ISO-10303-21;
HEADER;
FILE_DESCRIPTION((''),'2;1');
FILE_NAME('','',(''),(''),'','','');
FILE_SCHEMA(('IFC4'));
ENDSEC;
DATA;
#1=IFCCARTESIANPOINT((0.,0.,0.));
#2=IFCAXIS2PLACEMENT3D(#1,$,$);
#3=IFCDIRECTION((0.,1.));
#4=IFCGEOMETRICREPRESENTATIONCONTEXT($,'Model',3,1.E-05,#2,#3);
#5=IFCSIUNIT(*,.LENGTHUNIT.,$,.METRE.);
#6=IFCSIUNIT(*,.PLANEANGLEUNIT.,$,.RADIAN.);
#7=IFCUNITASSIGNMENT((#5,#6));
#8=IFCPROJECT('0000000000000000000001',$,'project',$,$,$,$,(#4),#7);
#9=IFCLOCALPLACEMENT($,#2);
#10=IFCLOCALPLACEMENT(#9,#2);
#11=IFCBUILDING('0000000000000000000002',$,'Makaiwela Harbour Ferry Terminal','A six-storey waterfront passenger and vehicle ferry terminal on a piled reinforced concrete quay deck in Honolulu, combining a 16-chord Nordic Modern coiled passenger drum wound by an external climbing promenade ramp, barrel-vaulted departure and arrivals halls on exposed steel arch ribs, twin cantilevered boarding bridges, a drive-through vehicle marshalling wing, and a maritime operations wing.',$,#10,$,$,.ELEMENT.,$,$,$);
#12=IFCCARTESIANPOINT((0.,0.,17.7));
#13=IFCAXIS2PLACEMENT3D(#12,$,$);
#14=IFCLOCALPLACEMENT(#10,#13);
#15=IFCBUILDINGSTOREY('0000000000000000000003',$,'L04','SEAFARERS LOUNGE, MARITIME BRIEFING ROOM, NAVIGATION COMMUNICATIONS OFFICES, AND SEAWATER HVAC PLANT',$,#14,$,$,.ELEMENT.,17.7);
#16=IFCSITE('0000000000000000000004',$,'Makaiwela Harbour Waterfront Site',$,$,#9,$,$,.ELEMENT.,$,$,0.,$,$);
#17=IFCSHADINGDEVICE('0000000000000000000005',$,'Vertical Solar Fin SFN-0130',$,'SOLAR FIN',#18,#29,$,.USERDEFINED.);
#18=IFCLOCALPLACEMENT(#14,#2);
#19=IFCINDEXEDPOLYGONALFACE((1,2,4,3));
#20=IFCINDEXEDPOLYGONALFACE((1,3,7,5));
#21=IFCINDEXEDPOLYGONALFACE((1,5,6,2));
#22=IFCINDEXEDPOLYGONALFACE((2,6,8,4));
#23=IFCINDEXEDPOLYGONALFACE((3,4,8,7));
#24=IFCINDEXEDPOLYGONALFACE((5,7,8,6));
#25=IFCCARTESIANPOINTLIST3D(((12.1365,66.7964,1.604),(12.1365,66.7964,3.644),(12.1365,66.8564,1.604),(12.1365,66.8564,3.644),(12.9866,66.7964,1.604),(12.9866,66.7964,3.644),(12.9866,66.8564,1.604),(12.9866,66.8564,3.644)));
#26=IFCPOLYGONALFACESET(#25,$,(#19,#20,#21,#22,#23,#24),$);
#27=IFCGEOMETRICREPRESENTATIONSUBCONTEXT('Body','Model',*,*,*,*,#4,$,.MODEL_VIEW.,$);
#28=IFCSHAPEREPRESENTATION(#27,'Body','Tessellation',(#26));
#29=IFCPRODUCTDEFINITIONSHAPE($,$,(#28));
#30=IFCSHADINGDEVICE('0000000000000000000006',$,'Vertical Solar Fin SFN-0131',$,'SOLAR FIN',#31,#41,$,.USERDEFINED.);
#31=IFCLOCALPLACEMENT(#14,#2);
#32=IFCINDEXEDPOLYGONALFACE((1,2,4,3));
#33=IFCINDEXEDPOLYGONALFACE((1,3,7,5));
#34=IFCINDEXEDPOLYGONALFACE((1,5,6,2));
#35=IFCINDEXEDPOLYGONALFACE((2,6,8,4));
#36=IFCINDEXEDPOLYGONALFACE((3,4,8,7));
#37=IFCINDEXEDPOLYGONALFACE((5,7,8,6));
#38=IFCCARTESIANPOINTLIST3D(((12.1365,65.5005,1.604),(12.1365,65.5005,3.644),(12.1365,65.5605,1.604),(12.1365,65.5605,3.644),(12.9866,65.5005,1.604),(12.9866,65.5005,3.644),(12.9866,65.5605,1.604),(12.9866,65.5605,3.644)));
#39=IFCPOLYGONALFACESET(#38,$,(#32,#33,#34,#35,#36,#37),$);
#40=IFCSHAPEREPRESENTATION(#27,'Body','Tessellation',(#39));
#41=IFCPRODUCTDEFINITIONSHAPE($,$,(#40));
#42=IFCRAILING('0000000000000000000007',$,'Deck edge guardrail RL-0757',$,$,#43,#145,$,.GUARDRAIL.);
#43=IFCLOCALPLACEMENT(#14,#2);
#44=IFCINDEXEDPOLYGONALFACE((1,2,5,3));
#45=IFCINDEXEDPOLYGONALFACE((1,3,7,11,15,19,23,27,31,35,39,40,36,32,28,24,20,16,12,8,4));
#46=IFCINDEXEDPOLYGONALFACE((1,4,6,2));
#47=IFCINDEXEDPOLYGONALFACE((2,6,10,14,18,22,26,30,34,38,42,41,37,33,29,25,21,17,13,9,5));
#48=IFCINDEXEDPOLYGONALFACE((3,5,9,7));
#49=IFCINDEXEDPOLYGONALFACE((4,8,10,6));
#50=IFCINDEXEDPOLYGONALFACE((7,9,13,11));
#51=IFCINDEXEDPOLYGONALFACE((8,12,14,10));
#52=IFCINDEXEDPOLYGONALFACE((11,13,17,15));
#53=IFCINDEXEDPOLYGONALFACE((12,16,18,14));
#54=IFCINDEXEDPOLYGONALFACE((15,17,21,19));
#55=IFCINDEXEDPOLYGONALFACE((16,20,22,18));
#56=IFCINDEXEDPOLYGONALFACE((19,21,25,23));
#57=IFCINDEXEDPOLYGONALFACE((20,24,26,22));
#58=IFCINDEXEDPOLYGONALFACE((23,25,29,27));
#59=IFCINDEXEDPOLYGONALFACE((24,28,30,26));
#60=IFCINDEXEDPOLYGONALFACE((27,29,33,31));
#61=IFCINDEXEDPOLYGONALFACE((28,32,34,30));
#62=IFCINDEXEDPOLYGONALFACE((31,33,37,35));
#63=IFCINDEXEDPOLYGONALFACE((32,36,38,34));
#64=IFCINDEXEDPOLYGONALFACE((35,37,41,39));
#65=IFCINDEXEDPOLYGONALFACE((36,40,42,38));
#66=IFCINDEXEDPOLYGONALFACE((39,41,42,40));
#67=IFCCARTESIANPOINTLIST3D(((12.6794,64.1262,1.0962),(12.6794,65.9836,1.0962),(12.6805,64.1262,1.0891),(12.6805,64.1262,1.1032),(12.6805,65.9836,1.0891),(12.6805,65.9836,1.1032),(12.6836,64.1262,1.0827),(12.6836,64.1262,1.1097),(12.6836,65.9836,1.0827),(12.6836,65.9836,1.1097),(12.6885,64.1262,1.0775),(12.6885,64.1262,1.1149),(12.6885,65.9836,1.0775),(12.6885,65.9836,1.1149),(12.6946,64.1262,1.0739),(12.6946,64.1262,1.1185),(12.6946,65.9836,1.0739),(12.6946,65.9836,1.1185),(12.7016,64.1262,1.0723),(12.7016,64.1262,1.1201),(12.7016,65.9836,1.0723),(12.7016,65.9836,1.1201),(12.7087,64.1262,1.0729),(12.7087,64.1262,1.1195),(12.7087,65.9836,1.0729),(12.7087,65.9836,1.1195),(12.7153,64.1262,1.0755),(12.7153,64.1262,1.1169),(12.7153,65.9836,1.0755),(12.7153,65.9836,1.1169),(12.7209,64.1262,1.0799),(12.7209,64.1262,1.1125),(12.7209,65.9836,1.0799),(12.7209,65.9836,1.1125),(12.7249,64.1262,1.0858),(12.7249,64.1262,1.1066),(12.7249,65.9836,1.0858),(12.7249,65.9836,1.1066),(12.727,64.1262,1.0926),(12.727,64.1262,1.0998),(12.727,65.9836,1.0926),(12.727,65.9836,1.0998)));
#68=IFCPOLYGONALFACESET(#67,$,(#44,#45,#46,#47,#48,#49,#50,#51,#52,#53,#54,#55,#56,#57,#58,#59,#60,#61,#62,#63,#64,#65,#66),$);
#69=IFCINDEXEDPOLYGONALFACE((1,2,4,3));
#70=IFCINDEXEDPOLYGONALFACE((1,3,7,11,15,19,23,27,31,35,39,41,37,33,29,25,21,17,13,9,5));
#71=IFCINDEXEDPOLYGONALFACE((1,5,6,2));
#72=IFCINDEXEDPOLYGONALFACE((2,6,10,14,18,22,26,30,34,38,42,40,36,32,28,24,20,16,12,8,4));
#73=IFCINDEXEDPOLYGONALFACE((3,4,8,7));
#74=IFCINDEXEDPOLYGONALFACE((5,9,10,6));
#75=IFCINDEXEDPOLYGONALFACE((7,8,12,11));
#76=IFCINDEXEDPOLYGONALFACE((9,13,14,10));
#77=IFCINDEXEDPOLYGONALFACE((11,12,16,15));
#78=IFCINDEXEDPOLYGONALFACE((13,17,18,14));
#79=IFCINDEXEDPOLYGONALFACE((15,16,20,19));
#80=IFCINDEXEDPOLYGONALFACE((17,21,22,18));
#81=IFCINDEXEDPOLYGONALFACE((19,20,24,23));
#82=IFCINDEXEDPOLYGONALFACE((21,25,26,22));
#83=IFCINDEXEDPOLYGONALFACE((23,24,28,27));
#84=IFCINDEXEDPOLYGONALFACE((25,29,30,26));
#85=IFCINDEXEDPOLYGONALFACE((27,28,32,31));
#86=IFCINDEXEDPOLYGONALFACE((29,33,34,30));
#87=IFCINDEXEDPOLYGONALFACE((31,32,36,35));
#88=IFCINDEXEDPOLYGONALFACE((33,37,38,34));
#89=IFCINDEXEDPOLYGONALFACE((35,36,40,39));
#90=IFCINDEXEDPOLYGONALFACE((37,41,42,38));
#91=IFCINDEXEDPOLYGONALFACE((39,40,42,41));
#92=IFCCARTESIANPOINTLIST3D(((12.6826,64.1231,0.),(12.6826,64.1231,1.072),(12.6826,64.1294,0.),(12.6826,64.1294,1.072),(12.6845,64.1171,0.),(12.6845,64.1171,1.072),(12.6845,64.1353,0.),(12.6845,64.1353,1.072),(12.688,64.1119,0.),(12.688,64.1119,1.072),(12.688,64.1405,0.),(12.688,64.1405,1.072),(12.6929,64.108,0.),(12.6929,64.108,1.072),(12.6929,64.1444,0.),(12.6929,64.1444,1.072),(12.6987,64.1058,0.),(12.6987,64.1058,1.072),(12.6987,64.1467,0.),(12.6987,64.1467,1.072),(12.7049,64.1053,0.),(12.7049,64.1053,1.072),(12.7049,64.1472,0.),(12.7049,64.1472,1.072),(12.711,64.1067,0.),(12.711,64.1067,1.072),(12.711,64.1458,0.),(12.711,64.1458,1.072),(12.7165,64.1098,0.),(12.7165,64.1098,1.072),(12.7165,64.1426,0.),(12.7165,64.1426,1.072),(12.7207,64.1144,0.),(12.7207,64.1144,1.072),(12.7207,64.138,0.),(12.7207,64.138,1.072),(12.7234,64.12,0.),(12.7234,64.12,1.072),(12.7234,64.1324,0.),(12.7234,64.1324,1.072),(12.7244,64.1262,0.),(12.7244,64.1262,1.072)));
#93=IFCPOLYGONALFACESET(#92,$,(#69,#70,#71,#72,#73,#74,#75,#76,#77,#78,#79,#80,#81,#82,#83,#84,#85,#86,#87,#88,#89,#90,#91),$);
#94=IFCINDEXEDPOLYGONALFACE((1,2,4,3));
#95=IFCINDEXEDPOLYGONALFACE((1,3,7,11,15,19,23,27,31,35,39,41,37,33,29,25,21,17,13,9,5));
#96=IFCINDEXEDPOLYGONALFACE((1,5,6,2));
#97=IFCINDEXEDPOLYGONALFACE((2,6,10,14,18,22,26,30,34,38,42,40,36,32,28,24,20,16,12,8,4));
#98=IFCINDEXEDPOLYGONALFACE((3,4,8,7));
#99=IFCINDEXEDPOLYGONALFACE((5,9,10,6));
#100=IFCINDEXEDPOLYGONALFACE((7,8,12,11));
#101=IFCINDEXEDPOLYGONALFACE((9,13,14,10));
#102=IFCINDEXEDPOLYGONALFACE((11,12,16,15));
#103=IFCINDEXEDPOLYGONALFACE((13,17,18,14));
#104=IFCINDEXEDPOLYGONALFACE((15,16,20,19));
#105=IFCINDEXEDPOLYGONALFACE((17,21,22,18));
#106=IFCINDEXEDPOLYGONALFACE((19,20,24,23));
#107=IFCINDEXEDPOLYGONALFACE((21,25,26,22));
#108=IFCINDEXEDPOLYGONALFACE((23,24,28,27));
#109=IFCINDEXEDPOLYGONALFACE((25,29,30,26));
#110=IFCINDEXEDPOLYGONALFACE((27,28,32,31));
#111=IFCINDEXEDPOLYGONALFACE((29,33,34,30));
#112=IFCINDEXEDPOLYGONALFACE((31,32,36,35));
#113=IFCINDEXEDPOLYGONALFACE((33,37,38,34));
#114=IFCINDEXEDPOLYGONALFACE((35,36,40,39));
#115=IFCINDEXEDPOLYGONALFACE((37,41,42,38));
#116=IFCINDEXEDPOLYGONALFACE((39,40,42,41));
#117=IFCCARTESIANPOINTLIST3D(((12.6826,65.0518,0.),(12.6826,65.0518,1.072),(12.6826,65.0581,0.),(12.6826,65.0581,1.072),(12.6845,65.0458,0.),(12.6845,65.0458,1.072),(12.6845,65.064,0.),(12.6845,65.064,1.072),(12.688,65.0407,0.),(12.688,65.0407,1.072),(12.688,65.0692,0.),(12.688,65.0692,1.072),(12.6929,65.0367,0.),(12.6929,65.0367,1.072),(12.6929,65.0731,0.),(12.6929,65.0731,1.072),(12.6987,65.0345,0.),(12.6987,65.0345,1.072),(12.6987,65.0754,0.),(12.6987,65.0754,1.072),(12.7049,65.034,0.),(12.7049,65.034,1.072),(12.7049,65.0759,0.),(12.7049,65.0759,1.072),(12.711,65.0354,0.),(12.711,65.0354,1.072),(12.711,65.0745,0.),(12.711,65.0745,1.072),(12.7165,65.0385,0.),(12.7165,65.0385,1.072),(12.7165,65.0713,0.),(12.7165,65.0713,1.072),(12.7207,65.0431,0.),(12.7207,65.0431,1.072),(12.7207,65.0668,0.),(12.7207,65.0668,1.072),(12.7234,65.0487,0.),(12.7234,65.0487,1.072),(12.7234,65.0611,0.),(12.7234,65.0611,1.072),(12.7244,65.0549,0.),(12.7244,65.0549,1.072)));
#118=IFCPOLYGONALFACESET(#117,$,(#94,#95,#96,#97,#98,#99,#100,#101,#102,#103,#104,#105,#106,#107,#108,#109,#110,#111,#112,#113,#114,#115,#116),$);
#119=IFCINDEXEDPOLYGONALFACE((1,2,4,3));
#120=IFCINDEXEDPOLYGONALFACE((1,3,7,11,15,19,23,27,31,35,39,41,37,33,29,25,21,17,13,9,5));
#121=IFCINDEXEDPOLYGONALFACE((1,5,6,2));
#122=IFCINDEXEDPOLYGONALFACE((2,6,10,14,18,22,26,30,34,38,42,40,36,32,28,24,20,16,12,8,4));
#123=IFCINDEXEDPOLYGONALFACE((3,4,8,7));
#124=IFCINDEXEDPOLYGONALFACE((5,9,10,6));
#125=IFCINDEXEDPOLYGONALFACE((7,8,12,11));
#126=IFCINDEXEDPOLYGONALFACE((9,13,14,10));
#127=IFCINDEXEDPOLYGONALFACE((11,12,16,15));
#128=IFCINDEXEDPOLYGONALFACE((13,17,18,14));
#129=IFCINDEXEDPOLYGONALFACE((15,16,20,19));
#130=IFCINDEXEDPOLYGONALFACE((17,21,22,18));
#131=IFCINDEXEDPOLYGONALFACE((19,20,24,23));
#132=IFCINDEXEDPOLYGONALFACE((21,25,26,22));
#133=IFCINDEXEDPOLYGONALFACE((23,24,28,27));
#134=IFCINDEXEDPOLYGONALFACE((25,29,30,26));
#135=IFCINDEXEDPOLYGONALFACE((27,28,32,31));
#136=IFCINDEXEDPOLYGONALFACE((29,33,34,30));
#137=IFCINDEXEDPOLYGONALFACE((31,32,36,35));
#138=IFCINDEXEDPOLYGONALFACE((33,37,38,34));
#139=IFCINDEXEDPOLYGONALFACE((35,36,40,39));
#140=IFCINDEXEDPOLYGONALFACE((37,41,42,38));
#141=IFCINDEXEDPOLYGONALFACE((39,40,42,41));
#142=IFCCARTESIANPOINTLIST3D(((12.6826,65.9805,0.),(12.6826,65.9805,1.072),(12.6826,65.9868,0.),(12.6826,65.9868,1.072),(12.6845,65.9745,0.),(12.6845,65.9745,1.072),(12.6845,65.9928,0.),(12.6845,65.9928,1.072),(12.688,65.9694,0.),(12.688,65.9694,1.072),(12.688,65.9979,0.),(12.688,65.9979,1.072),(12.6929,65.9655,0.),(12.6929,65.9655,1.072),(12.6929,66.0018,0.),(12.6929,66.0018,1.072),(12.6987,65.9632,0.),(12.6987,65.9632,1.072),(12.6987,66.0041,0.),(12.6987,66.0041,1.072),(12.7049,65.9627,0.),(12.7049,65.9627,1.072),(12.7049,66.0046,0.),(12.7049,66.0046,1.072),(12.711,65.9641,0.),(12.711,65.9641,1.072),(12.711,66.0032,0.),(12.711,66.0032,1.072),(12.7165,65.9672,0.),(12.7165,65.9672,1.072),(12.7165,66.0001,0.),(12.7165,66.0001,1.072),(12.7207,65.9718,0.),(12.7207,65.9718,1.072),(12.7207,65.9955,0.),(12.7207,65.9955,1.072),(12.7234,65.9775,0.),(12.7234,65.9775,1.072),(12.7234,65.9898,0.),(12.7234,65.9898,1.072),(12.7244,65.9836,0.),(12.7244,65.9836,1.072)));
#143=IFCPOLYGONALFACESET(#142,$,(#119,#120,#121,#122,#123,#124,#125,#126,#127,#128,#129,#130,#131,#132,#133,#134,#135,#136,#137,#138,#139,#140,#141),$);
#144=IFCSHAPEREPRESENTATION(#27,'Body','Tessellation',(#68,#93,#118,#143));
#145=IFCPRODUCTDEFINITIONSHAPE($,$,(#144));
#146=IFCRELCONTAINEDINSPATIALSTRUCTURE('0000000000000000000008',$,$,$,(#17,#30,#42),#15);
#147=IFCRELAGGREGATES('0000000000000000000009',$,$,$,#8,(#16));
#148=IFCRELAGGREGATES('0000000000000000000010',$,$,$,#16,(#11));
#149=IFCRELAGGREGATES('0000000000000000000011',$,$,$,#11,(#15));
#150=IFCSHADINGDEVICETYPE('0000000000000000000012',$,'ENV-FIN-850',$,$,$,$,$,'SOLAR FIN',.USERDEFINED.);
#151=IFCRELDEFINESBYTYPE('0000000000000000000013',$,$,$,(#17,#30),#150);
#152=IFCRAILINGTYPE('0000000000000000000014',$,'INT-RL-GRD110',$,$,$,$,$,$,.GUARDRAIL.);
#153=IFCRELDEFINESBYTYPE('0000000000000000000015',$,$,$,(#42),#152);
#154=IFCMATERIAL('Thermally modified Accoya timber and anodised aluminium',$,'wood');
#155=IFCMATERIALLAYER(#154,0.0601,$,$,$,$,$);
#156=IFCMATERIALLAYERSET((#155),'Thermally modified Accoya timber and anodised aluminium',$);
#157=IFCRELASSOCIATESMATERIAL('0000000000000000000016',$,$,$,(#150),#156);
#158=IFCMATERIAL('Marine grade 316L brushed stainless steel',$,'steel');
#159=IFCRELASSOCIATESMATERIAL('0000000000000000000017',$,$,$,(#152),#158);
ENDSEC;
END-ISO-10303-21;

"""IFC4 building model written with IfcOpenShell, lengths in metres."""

from ifc_helpers import new_model, si_unit, direction, frame, origin, origin_2d, place, context, subcontext, project, spatial, rectangle, circle, extrude, material, layer, layer_set, type_object, element, save


model = new_model("IFC4")

# Units and contexts
model_context = context("Model", 3, precision=1e-05, world=origin(), true_north=direction((0.0, 1.0)))
body_context = subcontext(model_context, "Body", "Model", "MODEL_VIEW")
ifc_project = project(units=[si_unit("LENGTHUNIT", "METRE"), si_unit("PLANEANGLEUNIT", "RADIAN")], contexts=[model_context])

# Site, building, storey
site_placement = place(None, origin())
site = spatial("IfcSite", under=ifc_project, at=site_placement, Name="Makaiwela Harbour Waterfront Site", CompositionType="ELEMENT", RefElevation=0.0)
building_placement = place(site_placement, origin())
building = spatial("IfcBuilding", under=site, at=building_placement, Name="Makaiwela Harbour Ferry Terminal", Description="A six-storey waterfront passenger and vehicle ferry terminal on a piled reinforced concrete quay deck in Honolulu, combining a 16-chord Nordic Modern coiled passenger drum wound by an external climbing promenade ramp, barrel-vaulted departure and arrivals halls on exposed steel arch ribs, twin cantilevered boarding bridges, a drive-through vehicle marshalling wing, and a maritime operations wing.", CompositionType="ELEMENT")
storey_placement = place(building_placement, frame((0.0, 0.0, 17.7)))
storey = spatial("IfcBuildingStorey", under=building, at=storey_placement, Name="L04", Description="SEAFARERS LOUNGE, MARITIME BRIEFING ROOM, NAVIGATION COMMUNICATIONS OFFICES, AND SEAWATER HVAC PLANT", CompositionType="ELEMENT", Elevation=17.7)

# Shading devices
ifc_material_1 = material(Name="Thermally modified Accoya timber and anodised aluminium", Category="wood")
ifc_layer_1 = layer(ifc_material_1, 0.0601)
ifc_layer_set_1 = layer_set([ifc_layer_1], Name="Thermally modified Accoya timber and anodised aluminium")
shading_device_type = type_object("IfcShadingDeviceType", Name="ENV-FIN-850", ElementType="SOLAR FIN", PredefinedType="USERDEFINED", material=ifc_layer_set_1)
for number, where, z_axis, x_axis, name in (
    (1, (12.5615, 66.8264, 1.604), (0.0, 0.0, 1.0), (-1.0, 0.0, 0.0), "Vertical Solar Fin SFN-0130"),
    (2, (12.5615, 65.5305, 1.604), (0.0, 0.0, 1.0), (-1.0, 0.0, 0.0), "Vertical Solar Fin SFN-0131"),
):
    element("IfcShadingDevice", number, at=place(storey_placement, frame(where, z_axis=z_axis, x_axis=x_axis)), inside=storey, type_object=shading_device_type, Name=name, ObjectType="SOLAR FIN", PredefinedType="USERDEFINED", context=body_context, shape_type="SweptSolid", body=[
        extrude(rectangle(XDim=0.8501, YDim=0.0601, at=origin_2d()), origin(), (0.0, 0.0, 1.0), 2.04),
    ])

# Railing
ifc_material_2 = material(Name="Marine grade 316L brushed stainless steel", Category="steel")
railing_type = type_object("IfcRailingType", Name="INT-RL-GRD110", PredefinedType="GUARDRAIL", material=ifc_material_2)
railing_1_placement = place(storey_placement, frame((12.7034, 64.1262, 0.0)))
element("IfcRailing", 3, at=railing_1_placement, inside=storey, type_object=railing_type, Name="Deck edge guardrail RL-0757", PredefinedType="GUARDRAIL", context=body_context, shape_type="SweptSolid", body=[
    extrude(circle(Radius=0.0239, at=origin_2d()), frame((0.0, 0.0, 1.0962), z_axis=(0.0, 1.0, 0.0), x_axis=(-1.0, 0.0, 0.0)), (0.0, 0.0, 1.0), 1.8574),
    extrude(circle(Radius=0.021, at=origin_2d()), origin(), (0.0, 0.0, 1.0), 1.072),
    extrude(circle(Radius=0.021, at=origin_2d()), frame((0.0, 0.9287, 0.0)), (0.0, 0.0, 1.0), 1.072),
    extrude(circle(Radius=0.021, at=origin_2d()), frame((0.0, 1.8574, 0.0)), (0.0, 0.0, 1.0), 1.072),
])

save(model, "model.ifc")
